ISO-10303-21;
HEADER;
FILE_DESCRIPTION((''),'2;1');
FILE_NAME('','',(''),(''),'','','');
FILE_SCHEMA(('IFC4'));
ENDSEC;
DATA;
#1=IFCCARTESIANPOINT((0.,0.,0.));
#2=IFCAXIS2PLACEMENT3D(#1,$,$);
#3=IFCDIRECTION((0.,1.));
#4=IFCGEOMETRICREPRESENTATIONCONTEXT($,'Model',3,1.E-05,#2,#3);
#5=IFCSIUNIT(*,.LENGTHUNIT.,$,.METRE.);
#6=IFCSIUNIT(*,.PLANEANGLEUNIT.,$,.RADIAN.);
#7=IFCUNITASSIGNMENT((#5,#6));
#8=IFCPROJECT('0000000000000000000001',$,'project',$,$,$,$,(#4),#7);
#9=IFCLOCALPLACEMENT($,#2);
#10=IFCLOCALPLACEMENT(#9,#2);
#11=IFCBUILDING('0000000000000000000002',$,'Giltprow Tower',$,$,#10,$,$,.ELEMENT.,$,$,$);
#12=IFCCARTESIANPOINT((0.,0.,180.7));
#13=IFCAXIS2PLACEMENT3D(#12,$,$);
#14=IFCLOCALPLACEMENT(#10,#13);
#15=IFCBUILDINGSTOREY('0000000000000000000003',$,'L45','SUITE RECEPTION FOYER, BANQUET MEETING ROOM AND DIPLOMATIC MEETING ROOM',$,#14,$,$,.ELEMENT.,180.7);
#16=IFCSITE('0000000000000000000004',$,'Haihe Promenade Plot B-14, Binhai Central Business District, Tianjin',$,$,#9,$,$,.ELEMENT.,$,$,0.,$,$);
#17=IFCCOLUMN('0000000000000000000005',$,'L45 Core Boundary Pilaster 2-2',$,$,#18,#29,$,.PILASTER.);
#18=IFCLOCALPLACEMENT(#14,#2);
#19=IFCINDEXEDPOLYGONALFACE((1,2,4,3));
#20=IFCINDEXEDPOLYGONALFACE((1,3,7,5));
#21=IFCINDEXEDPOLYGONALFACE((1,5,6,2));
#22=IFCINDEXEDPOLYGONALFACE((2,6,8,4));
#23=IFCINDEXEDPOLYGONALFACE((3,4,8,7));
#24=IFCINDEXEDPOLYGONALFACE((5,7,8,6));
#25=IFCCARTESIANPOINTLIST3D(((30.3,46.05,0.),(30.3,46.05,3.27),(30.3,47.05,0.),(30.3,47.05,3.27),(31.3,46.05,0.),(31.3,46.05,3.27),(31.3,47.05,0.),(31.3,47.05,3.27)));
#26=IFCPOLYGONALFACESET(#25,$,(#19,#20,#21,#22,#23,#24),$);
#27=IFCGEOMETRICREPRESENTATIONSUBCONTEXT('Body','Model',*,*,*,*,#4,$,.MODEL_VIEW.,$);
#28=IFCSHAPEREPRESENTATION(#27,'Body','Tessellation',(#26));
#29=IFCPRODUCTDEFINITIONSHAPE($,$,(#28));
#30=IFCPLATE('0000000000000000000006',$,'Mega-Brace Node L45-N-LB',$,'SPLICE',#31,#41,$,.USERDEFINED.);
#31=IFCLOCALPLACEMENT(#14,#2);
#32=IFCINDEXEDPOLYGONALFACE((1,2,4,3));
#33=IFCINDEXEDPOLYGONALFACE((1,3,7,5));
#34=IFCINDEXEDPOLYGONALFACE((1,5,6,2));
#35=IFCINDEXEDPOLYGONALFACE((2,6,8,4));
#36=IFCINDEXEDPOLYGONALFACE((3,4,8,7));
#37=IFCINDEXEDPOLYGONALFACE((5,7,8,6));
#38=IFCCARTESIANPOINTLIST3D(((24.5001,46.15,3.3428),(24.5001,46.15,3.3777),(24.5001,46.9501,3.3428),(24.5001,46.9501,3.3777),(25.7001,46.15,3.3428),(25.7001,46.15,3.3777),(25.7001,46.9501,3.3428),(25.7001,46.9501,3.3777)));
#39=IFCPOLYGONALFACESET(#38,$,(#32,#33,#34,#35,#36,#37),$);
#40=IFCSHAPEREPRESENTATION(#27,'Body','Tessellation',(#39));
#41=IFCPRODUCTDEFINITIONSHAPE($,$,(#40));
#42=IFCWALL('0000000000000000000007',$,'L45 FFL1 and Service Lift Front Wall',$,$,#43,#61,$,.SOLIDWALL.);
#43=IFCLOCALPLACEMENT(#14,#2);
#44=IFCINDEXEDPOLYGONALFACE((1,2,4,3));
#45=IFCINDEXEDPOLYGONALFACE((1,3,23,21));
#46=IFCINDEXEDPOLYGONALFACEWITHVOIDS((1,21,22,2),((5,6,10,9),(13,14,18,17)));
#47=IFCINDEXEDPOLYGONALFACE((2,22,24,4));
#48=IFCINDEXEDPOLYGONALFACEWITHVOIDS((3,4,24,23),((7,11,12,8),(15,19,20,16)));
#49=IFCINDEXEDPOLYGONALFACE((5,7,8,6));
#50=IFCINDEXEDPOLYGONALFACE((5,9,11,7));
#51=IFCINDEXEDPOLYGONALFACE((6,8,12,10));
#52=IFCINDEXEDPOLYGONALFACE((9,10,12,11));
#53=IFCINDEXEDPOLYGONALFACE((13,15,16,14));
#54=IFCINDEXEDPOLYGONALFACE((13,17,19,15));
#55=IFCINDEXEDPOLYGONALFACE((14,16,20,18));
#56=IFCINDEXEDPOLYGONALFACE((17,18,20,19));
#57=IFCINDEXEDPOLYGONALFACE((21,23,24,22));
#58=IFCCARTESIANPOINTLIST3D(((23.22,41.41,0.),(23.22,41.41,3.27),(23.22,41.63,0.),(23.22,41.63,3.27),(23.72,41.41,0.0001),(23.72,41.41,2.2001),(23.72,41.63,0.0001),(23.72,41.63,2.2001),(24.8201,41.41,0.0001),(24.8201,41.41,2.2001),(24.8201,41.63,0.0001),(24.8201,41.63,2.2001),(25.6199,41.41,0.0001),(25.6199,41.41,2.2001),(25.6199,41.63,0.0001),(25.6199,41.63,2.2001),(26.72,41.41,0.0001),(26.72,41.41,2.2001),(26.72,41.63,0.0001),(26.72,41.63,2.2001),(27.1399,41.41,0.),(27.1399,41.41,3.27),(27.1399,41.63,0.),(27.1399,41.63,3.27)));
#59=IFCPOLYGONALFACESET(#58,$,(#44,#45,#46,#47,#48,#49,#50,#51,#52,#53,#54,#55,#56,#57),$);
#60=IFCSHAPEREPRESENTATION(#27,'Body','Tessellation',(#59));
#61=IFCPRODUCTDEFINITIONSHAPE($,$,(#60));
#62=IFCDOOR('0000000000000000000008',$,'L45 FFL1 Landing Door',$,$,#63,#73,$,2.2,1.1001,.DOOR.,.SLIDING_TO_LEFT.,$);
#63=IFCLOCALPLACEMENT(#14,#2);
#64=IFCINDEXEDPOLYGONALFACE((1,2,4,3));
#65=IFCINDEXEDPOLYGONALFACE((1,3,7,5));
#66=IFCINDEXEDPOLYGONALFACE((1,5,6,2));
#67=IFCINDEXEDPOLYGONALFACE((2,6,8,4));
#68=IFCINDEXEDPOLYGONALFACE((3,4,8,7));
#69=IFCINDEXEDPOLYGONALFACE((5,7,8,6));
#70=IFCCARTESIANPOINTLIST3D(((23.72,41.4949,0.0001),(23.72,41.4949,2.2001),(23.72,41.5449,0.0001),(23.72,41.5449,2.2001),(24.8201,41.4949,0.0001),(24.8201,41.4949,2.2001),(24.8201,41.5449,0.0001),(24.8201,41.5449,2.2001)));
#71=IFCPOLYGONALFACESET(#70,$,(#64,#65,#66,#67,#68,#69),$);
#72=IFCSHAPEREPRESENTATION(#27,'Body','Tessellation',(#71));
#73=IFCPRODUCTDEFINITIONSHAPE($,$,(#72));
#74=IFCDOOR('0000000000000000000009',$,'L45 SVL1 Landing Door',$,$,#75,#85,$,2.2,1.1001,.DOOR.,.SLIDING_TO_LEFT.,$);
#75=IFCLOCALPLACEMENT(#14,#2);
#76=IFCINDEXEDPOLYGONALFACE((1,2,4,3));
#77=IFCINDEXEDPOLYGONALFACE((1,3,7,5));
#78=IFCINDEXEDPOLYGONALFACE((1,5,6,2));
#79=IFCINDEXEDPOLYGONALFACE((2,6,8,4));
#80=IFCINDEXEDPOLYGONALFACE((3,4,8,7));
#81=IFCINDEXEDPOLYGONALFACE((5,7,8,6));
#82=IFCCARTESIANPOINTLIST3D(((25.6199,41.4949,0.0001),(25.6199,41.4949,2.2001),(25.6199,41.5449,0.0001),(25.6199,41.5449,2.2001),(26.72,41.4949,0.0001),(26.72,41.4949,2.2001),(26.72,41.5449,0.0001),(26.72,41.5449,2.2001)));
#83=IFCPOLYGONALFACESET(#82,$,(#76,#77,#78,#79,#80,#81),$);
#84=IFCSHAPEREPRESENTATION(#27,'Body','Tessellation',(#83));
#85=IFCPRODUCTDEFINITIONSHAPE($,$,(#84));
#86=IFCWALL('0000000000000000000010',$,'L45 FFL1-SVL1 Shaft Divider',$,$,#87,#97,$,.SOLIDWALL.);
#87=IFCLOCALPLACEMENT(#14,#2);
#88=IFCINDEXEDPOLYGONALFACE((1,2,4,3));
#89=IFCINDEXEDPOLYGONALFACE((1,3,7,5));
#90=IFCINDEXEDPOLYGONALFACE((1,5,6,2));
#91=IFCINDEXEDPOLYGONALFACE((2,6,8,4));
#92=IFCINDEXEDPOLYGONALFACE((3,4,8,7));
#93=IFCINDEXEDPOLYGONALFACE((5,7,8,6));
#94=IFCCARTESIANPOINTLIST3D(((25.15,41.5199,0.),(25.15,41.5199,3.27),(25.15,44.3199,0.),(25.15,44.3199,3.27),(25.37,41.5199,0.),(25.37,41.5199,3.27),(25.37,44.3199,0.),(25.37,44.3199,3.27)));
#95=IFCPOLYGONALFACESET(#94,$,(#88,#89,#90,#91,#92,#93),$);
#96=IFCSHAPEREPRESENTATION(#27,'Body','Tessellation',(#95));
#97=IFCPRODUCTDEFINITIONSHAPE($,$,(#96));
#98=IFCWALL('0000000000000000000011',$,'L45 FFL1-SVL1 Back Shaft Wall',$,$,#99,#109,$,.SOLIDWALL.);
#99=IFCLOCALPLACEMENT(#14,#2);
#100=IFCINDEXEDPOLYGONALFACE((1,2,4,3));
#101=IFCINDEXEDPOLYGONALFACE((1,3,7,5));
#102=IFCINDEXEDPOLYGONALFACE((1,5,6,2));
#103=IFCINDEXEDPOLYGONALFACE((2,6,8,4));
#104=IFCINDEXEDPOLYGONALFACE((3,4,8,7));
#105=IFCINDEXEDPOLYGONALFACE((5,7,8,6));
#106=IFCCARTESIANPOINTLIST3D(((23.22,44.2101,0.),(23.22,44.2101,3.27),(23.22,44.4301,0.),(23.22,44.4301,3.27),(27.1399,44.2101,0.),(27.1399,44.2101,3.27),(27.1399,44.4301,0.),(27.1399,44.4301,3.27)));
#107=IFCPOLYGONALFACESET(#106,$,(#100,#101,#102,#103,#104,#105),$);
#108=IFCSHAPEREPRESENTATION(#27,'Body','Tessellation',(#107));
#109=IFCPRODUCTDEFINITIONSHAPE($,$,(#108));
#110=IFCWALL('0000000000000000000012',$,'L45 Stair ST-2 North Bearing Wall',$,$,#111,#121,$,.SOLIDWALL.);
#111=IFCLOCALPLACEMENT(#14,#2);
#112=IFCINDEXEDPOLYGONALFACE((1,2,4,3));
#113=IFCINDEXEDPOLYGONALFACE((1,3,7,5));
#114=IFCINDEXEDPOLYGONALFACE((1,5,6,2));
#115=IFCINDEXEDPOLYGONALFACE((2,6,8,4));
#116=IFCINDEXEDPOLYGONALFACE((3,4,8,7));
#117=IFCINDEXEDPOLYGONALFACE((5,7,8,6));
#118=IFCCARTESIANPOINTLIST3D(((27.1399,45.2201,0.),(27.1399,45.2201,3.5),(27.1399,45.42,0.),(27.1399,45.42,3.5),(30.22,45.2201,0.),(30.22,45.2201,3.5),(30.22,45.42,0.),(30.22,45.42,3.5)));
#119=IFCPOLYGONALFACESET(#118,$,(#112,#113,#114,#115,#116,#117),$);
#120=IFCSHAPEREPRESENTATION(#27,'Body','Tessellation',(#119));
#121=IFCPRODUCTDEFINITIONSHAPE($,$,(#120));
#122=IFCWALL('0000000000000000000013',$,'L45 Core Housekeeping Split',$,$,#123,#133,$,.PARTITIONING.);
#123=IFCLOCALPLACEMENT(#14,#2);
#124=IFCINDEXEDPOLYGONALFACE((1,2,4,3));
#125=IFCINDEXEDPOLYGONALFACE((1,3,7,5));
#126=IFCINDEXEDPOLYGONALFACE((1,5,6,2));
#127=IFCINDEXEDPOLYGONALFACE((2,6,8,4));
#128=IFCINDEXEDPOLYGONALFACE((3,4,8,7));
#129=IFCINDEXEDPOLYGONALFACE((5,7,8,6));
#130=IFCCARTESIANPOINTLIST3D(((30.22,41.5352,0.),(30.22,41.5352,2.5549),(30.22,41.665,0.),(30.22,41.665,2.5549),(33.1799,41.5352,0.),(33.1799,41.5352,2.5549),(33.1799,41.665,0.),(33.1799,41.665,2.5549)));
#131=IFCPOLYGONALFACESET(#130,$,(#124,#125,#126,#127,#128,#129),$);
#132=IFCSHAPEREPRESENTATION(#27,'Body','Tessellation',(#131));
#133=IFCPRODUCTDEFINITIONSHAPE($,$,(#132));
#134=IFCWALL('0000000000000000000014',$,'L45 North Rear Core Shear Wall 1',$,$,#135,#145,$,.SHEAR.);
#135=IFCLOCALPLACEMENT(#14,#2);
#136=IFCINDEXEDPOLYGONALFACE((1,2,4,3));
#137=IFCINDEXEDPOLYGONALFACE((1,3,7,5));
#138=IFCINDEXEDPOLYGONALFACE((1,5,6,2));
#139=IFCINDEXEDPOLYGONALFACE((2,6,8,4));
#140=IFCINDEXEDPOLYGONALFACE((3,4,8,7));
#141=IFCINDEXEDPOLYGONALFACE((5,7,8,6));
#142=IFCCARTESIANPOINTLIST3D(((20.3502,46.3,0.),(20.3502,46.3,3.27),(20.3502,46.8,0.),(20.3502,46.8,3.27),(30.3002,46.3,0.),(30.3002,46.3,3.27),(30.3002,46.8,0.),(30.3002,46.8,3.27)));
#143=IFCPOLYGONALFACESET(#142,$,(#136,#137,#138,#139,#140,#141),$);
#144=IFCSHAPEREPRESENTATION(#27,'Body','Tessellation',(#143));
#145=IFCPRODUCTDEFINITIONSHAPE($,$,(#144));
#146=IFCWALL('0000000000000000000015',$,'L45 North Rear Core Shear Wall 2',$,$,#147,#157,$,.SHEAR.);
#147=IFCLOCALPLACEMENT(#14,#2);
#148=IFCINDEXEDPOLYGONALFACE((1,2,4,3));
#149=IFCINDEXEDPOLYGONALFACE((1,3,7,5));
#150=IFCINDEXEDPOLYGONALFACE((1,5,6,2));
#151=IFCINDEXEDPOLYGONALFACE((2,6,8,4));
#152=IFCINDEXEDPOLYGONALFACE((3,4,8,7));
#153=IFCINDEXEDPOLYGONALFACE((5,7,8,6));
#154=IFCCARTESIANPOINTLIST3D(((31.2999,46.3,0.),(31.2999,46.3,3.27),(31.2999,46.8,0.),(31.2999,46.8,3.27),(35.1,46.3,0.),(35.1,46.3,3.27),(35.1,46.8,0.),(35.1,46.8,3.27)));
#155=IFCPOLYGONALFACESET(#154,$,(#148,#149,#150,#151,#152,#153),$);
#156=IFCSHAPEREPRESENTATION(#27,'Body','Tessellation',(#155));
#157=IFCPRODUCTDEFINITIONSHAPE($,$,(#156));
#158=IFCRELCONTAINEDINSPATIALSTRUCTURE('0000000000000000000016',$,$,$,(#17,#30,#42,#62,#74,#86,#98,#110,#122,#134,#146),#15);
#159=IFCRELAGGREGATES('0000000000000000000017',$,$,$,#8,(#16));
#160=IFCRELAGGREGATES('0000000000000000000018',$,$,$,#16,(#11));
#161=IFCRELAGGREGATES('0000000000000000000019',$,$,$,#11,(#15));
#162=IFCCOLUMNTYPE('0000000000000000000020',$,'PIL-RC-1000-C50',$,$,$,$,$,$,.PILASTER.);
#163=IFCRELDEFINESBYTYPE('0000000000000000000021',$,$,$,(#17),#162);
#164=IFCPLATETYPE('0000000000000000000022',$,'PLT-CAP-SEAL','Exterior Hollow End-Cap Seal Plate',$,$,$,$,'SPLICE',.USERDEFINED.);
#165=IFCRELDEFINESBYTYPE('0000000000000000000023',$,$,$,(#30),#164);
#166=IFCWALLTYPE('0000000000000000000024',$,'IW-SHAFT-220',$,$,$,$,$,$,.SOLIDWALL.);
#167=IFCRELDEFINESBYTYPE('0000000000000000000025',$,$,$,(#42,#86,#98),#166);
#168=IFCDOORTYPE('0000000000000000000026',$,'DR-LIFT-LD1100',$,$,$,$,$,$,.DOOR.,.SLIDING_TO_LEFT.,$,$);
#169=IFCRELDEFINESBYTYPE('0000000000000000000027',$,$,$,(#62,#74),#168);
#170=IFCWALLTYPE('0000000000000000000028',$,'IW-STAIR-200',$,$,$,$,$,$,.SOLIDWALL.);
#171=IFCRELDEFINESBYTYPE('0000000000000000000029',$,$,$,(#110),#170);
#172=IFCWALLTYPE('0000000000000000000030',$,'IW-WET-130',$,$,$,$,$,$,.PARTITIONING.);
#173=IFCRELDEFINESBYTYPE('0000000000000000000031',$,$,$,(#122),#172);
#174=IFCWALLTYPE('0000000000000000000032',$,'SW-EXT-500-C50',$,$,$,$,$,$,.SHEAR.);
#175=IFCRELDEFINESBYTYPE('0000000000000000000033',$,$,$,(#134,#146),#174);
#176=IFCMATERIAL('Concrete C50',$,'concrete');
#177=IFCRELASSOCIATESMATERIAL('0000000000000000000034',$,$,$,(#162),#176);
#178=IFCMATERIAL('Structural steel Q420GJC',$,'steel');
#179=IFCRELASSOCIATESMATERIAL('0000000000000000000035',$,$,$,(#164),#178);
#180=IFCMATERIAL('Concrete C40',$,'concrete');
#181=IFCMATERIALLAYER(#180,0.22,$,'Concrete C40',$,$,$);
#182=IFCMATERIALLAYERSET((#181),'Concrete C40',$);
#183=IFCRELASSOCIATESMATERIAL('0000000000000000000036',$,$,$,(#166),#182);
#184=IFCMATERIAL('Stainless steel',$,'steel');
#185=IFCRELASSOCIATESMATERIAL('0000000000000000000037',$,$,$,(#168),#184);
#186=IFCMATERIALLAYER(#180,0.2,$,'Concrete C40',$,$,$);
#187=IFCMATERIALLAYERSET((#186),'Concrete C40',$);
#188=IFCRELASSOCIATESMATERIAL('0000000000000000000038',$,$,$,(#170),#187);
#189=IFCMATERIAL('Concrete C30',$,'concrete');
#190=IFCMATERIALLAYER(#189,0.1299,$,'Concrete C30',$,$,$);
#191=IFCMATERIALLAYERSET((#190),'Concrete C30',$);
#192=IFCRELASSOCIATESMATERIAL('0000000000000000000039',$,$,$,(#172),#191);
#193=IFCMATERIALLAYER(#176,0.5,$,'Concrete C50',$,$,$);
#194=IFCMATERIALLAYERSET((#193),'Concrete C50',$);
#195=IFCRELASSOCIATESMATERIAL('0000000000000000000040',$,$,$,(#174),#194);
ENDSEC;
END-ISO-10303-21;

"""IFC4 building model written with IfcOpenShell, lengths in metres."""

from ifc_helpers import new_model, si_unit, direction, frame, frame_2d, origin, origin_2d, place, context, subcontext, project, spatial, rectangle, extrude, source, transform, mapped, material, layer, layer_set, material_profile, profile_set, type_object, element, fill, save


model = new_model("IFC4")

# Units and contexts
model_context = context("Model", 3, precision=1e-05, world=origin(), true_north=direction((0.0, 1.0)))
body_context = subcontext(model_context, "Body", "Model", "MODEL_VIEW")
ifc_project = project(units=[si_unit("LENGTHUNIT", "METRE"), si_unit("PLANEANGLEUNIT", "RADIAN")], contexts=[model_context])

# Site, building, storey
site_placement = place(None, origin())
site = spatial("IfcSite", under=ifc_project, at=site_placement, Name="Haihe Promenade Plot B-14, Binhai Central Business District, Tianjin", CompositionType="ELEMENT", RefElevation=0.0)
building_placement = place(site_placement, origin())
building = spatial("IfcBuilding", under=site, at=building_placement, Name="Giltprow Tower", CompositionType="ELEMENT")
storey_placement = place(building_placement, frame((0.0, 0.0, 180.7)))
storey = spatial("IfcBuildingStorey", under=building, at=storey_placement, Name="L45", Description="SUITE RECEPTION FOYER, BANQUET MEETING ROOM AND DIPLOMATIC MEETING ROOM", CompositionType="ELEMENT", Elevation=180.7)

# Column
ifc_material_1 = material(Name="Concrete C50", Category="concrete")
ifc_material_profile = material_profile(ifc_material_1, rectangle(XDim=1.0, YDim=1.0, at=origin_2d()), Name="RC 1000x1000")
ifc_profile_set = profile_set([ifc_material_profile], Name="Concrete C50")
column_type = type_object("IfcColumnType", Name="PIL-RC-1000-C50", PredefinedType="PILASTER", material=ifc_profile_set)
shared_shape_1 = source(origin(), body_context, "Body", "SweptSolid", [
    extrude(rectangle(XDim=1.0, YDim=1.0, at=origin_2d()), origin(), (0.0, 0.0, 1.0), 3.27),
])
column_placement = place(storey_placement, frame((30.8, 46.55, 0.0), z_axis=(0.0, 0.0, 1.0), x_axis=(1.0, 0.0, 0.0)))
element("IfcColumn", 1, at=column_placement, inside=storey, type_object=column_type, Name="L45 Core Boundary Pilaster 2-2", PredefinedType="PILASTER", context=body_context, shape_type="MappedRepresentation", body=[
    mapped(shared_shape_1, transform((0.0, 0.0, 0.0), x_axis=(1.0, 0.0, 0.0), y_axis=(0.0, 1.0, 0.0), z_axis=(0.0, 0.0, 1.0), scale=1.0)),
])

# Plate
ifc_material_2 = material(Name="Structural steel Q420GJC", Category="steel")
plate_type = type_object("IfcPlateType", Name="PLT-CAP-SEAL", Description="Exterior Hollow End-Cap Seal Plate", ElementType="SPLICE", PredefinedType="USERDEFINED", material=ifc_material_2)
shared_shape_2 = source(origin(), body_context, "Body", "SweptSolid", [
    extrude(rectangle(XDim=1.2, YDim=0.8, at=origin_2d()), origin(), (0.0, 0.0, 1.0), 0.0349),
])
plate_placement = place(storey_placement, frame((25.1001, 46.55, 3.3428), z_axis=(0.0, 0.0, 1.0), x_axis=(1.0, 0.0, 0.0)))
element("IfcPlate", 2, at=plate_placement, inside=storey, type_object=plate_type, Name="Mega-Brace Node L45-N-LB", ObjectType="SPLICE", PredefinedType="USERDEFINED", context=body_context, shape_type="MappedRepresentation", body=[
    mapped(shared_shape_2, transform((0.0, 0.0, 0.0), x_axis=(1.0, 0.0, 0.0), y_axis=(0.0, 1.0, 0.0), z_axis=(0.0, 0.0, 1.0), scale=1.0)),
])

# Wall, openings, doors
ifc_material_3 = material(Name="Concrete C40", Category="concrete")
ifc_layer_1 = layer(ifc_material_3, 0.22, Name="Concrete C40")
ifc_layer_set_1 = layer_set([ifc_layer_1], Name="Concrete C40")
wall_type_1 = type_object("IfcWallType", Name="IW-SHAFT-220", PredefinedType="SOLIDWALL", material=ifc_layer_set_1)
wall_1_placement = place(storey_placement, frame((23.22, 41.52, 0.0), z_axis=(0.0, 0.0, 1.0), x_axis=(1.0, 0.0, 0.0)))
wall_1 = element("IfcWall", 3, at=wall_1_placement, inside=storey, type_object=wall_type_1, Name="L45 FFL1 and Service Lift Front Wall", PredefinedType="SOLIDWALL", context=body_context, shape_type="SweptSolid", body=[
    extrude(rectangle(XDim=3.9199, YDim=0.22, at=frame_2d((1.96, 0.0))), origin(), (0.0, 0.0, 1.0), 3.27),
])
opening_1_placement = place(wall_1_placement, frame((0.5, 0.0, 0.0)))
opening_1 = element("IfcOpeningElement", 4, at=opening_1_placement, cuts=wall_1, PredefinedType="OPENING", context=body_context, shape_type="SweptSolid", body=[
    extrude(rectangle(XDim=1.1001, YDim=2.2, at=frame_2d((0.55, 1.1001))), frame((0.0, 0.1199, 0.0), z_axis=(0.0, -1.0, 0.0), x_axis=(1.0, 0.0, 0.0)), (0.0, 0.0, 1.0), 0.24),
])
opening_2_placement = place(wall_1_placement, frame((2.3999, 0.0, 0.0)))
opening_2 = element("IfcOpeningElement", 5, at=opening_2_placement, cuts=wall_1, PredefinedType="OPENING", context=body_context, shape_type="SweptSolid", body=[
    extrude(rectangle(XDim=1.1001, YDim=2.2, at=frame_2d((0.55, 1.1001))), frame((0.0, 0.1199, 0.0), z_axis=(0.0, -1.0, 0.0), x_axis=(1.0, 0.0, 0.0)), (0.0, 0.0, 1.0), 0.24),
])
ifc_material_4 = material(Name="Stainless steel", Category="steel")
door_type = type_object("IfcDoorType", Name="DR-LIFT-LD1100", OperationType="SLIDING_TO_LEFT", PredefinedType="DOOR", material=ifc_material_4)
shared_shape_3 = source(origin(), body_context, "Body", "SweptSolid", [
    extrude(rectangle(XDim=1.1001, YDim=2.2, at=frame_2d((0.55, 1.1001))), frame((0.0, 0.0249, 0.0), z_axis=(0.0, -1.0, 0.0), x_axis=(1.0, 0.0, 0.0)), (0.0, 0.0, 1.0), 0.05),
])
door_1_placement = place(opening_1_placement, origin())
door_1 = element("IfcDoor", 6, at=door_1_placement, inside=storey, type_object=door_type, Name="L45 FFL1 Landing Door", OperationType="SLIDING_TO_LEFT", OverallHeight=2.2, OverallWidth=1.1001, PredefinedType="DOOR", context=body_context, shape_type="MappedRepresentation", body=[
    mapped(shared_shape_3, transform((0.0, 0.0, 0.0), x_axis=(1.0, 0.0, 0.0), y_axis=(0.0, 1.0, 0.0), z_axis=(0.0, 0.0, 1.0), scale=1.0)),
])
fill(opening_1, door_1)
door_2_placement = place(opening_2_placement, origin())
door_2 = element("IfcDoor", 7, at=door_2_placement, inside=storey, type_object=door_type, Name="L45 SVL1 Landing Door", OperationType="SLIDING_TO_LEFT", OverallHeight=2.2, OverallWidth=1.1001, PredefinedType="DOOR", context=body_context, shape_type="MappedRepresentation", body=[
    mapped(shared_shape_3, transform((0.0, 0.0, 0.0), x_axis=(1.0, 0.0, 0.0), y_axis=(0.0, 1.0, 0.0), z_axis=(0.0, 0.0, 1.0), scale=1.0)),
])
fill(opening_2, door_2)

# Walls
wall_2_placement = place(storey_placement, frame((25.26, 41.52, 0.0), z_axis=(0.0, 0.0, 1.0), x_axis=(0.0, 1.0, 0.0)))
element("IfcWall", 8, at=wall_2_placement, inside=storey, type_object=wall_type_1, Name="L45 FFL1-SVL1 Shaft Divider", PredefinedType="SOLIDWALL", context=body_context, shape_type="SweptSolid", body=[
    extrude(rectangle(XDim=2.8, YDim=0.22, at=frame_2d((1.3999, 0.0))), origin(), (0.0, 0.0, 1.0), 3.27),
])
wall_3_placement = place(storey_placement, frame((23.22, 44.3201, 0.0), z_axis=(0.0, 0.0, 1.0), x_axis=(1.0, 0.0, 0.0)))
element("IfcWall", 9, at=wall_3_placement, inside=storey, type_object=wall_type_1, Name="L45 FFL1-SVL1 Back Shaft Wall", PredefinedType="SOLIDWALL", context=body_context, shape_type="SweptSolid", body=[
    extrude(rectangle(XDim=3.9199, YDim=0.22, at=frame_2d((1.96, 0.0))), origin(), (0.0, 0.0, 1.0), 3.27),
])
ifc_layer_2 = layer(ifc_material_3, 0.2, Name="Concrete C40")
ifc_layer_set_2 = layer_set([ifc_layer_2], Name="Concrete C40")
wall_type_2 = type_object("IfcWallType", Name="IW-STAIR-200", PredefinedType="SOLIDWALL", material=ifc_layer_set_2)
wall_4_placement = place(storey_placement, frame((27.1399, 45.3201, 0.0), z_axis=(0.0, 0.0, 1.0), x_axis=(1.0, 0.0, 0.0)))
element("IfcWall", 10, at=wall_4_placement, inside=storey, type_object=wall_type_2, Name="L45 Stair ST-2 North Bearing Wall", PredefinedType="SOLIDWALL", context=body_context, shape_type="SweptSolid", body=[
    extrude(rectangle(XDim=3.0801, YDim=0.2, at=frame_2d((1.54, 0.0))), origin(), (0.0, 0.0, 1.0), 3.5),
])
ifc_material_5 = material(Name="Concrete C30", Category="concrete")
ifc_layer_3 = layer(ifc_material_5, 0.1299, Name="Concrete C30")
ifc_layer_set_3 = layer_set([ifc_layer_3], Name="Concrete C30")
wall_type_3 = type_object("IfcWallType", Name="IW-WET-130", PredefinedType="PARTITIONING", material=ifc_layer_set_3)
wall_5_placement = place(storey_placement, frame((30.22, 41.6001, 0.0), z_axis=(0.0, 0.0, 1.0), x_axis=(1.0, 0.0, 0.0)))
element("IfcWall", 11, at=wall_5_placement, inside=storey, type_object=wall_type_3, Name="L45 Core Housekeeping Split", PredefinedType="PARTITIONING", context=body_context, shape_type="SweptSolid", body=[
    extrude(rectangle(XDim=2.96, YDim=0.1299, at=frame_2d((1.48, 0.0))), origin(), (0.0, 0.0, 1.0), 2.5549),
])
ifc_layer_4 = layer(ifc_material_1, 0.5, Name="Concrete C50")
ifc_layer_set_4 = layer_set([ifc_layer_4], Name="Concrete C50")
wall_type_4 = type_object("IfcWallType", Name="SW-EXT-500-C50", PredefinedType="SHEAR", material=ifc_layer_set_4)
wall_6_placement = place(storey_placement, frame((20.3501, 46.55, 0.0), z_axis=(0.0, 0.0, 1.0), x_axis=(1.0, 0.0, 0.0)))
element("IfcWall", 12, at=wall_6_placement, inside=storey, type_object=wall_type_4, Name="L45 North Rear Core Shear Wall 1", PredefinedType="SHEAR", context=body_context, shape_type="SweptSolid", body=[
    extrude(rectangle(XDim=9.95, YDim=0.5, at=frame_2d((4.9751, 0.0))), origin(), (0.0, 0.0, 1.0), 3.27),
])
wall_7_placement = place(storey_placement, frame((31.3, 46.55, 0.0), z_axis=(0.0, 0.0, 1.0), x_axis=(1.0, 0.0, 0.0)))
element("IfcWall", 13, at=wall_7_placement, inside=storey, type_object=wall_type_4, Name="L45 North Rear Core Shear Wall 2", PredefinedType="SHEAR", context=body_context, shape_type="SweptSolid", body=[
    extrude(rectangle(XDim=3.8, YDim=0.5, at=frame_2d((1.8999, 0.0))), origin(), (0.0, 0.0, 1.0), 3.27),
])

save(model, "model.ifc")
